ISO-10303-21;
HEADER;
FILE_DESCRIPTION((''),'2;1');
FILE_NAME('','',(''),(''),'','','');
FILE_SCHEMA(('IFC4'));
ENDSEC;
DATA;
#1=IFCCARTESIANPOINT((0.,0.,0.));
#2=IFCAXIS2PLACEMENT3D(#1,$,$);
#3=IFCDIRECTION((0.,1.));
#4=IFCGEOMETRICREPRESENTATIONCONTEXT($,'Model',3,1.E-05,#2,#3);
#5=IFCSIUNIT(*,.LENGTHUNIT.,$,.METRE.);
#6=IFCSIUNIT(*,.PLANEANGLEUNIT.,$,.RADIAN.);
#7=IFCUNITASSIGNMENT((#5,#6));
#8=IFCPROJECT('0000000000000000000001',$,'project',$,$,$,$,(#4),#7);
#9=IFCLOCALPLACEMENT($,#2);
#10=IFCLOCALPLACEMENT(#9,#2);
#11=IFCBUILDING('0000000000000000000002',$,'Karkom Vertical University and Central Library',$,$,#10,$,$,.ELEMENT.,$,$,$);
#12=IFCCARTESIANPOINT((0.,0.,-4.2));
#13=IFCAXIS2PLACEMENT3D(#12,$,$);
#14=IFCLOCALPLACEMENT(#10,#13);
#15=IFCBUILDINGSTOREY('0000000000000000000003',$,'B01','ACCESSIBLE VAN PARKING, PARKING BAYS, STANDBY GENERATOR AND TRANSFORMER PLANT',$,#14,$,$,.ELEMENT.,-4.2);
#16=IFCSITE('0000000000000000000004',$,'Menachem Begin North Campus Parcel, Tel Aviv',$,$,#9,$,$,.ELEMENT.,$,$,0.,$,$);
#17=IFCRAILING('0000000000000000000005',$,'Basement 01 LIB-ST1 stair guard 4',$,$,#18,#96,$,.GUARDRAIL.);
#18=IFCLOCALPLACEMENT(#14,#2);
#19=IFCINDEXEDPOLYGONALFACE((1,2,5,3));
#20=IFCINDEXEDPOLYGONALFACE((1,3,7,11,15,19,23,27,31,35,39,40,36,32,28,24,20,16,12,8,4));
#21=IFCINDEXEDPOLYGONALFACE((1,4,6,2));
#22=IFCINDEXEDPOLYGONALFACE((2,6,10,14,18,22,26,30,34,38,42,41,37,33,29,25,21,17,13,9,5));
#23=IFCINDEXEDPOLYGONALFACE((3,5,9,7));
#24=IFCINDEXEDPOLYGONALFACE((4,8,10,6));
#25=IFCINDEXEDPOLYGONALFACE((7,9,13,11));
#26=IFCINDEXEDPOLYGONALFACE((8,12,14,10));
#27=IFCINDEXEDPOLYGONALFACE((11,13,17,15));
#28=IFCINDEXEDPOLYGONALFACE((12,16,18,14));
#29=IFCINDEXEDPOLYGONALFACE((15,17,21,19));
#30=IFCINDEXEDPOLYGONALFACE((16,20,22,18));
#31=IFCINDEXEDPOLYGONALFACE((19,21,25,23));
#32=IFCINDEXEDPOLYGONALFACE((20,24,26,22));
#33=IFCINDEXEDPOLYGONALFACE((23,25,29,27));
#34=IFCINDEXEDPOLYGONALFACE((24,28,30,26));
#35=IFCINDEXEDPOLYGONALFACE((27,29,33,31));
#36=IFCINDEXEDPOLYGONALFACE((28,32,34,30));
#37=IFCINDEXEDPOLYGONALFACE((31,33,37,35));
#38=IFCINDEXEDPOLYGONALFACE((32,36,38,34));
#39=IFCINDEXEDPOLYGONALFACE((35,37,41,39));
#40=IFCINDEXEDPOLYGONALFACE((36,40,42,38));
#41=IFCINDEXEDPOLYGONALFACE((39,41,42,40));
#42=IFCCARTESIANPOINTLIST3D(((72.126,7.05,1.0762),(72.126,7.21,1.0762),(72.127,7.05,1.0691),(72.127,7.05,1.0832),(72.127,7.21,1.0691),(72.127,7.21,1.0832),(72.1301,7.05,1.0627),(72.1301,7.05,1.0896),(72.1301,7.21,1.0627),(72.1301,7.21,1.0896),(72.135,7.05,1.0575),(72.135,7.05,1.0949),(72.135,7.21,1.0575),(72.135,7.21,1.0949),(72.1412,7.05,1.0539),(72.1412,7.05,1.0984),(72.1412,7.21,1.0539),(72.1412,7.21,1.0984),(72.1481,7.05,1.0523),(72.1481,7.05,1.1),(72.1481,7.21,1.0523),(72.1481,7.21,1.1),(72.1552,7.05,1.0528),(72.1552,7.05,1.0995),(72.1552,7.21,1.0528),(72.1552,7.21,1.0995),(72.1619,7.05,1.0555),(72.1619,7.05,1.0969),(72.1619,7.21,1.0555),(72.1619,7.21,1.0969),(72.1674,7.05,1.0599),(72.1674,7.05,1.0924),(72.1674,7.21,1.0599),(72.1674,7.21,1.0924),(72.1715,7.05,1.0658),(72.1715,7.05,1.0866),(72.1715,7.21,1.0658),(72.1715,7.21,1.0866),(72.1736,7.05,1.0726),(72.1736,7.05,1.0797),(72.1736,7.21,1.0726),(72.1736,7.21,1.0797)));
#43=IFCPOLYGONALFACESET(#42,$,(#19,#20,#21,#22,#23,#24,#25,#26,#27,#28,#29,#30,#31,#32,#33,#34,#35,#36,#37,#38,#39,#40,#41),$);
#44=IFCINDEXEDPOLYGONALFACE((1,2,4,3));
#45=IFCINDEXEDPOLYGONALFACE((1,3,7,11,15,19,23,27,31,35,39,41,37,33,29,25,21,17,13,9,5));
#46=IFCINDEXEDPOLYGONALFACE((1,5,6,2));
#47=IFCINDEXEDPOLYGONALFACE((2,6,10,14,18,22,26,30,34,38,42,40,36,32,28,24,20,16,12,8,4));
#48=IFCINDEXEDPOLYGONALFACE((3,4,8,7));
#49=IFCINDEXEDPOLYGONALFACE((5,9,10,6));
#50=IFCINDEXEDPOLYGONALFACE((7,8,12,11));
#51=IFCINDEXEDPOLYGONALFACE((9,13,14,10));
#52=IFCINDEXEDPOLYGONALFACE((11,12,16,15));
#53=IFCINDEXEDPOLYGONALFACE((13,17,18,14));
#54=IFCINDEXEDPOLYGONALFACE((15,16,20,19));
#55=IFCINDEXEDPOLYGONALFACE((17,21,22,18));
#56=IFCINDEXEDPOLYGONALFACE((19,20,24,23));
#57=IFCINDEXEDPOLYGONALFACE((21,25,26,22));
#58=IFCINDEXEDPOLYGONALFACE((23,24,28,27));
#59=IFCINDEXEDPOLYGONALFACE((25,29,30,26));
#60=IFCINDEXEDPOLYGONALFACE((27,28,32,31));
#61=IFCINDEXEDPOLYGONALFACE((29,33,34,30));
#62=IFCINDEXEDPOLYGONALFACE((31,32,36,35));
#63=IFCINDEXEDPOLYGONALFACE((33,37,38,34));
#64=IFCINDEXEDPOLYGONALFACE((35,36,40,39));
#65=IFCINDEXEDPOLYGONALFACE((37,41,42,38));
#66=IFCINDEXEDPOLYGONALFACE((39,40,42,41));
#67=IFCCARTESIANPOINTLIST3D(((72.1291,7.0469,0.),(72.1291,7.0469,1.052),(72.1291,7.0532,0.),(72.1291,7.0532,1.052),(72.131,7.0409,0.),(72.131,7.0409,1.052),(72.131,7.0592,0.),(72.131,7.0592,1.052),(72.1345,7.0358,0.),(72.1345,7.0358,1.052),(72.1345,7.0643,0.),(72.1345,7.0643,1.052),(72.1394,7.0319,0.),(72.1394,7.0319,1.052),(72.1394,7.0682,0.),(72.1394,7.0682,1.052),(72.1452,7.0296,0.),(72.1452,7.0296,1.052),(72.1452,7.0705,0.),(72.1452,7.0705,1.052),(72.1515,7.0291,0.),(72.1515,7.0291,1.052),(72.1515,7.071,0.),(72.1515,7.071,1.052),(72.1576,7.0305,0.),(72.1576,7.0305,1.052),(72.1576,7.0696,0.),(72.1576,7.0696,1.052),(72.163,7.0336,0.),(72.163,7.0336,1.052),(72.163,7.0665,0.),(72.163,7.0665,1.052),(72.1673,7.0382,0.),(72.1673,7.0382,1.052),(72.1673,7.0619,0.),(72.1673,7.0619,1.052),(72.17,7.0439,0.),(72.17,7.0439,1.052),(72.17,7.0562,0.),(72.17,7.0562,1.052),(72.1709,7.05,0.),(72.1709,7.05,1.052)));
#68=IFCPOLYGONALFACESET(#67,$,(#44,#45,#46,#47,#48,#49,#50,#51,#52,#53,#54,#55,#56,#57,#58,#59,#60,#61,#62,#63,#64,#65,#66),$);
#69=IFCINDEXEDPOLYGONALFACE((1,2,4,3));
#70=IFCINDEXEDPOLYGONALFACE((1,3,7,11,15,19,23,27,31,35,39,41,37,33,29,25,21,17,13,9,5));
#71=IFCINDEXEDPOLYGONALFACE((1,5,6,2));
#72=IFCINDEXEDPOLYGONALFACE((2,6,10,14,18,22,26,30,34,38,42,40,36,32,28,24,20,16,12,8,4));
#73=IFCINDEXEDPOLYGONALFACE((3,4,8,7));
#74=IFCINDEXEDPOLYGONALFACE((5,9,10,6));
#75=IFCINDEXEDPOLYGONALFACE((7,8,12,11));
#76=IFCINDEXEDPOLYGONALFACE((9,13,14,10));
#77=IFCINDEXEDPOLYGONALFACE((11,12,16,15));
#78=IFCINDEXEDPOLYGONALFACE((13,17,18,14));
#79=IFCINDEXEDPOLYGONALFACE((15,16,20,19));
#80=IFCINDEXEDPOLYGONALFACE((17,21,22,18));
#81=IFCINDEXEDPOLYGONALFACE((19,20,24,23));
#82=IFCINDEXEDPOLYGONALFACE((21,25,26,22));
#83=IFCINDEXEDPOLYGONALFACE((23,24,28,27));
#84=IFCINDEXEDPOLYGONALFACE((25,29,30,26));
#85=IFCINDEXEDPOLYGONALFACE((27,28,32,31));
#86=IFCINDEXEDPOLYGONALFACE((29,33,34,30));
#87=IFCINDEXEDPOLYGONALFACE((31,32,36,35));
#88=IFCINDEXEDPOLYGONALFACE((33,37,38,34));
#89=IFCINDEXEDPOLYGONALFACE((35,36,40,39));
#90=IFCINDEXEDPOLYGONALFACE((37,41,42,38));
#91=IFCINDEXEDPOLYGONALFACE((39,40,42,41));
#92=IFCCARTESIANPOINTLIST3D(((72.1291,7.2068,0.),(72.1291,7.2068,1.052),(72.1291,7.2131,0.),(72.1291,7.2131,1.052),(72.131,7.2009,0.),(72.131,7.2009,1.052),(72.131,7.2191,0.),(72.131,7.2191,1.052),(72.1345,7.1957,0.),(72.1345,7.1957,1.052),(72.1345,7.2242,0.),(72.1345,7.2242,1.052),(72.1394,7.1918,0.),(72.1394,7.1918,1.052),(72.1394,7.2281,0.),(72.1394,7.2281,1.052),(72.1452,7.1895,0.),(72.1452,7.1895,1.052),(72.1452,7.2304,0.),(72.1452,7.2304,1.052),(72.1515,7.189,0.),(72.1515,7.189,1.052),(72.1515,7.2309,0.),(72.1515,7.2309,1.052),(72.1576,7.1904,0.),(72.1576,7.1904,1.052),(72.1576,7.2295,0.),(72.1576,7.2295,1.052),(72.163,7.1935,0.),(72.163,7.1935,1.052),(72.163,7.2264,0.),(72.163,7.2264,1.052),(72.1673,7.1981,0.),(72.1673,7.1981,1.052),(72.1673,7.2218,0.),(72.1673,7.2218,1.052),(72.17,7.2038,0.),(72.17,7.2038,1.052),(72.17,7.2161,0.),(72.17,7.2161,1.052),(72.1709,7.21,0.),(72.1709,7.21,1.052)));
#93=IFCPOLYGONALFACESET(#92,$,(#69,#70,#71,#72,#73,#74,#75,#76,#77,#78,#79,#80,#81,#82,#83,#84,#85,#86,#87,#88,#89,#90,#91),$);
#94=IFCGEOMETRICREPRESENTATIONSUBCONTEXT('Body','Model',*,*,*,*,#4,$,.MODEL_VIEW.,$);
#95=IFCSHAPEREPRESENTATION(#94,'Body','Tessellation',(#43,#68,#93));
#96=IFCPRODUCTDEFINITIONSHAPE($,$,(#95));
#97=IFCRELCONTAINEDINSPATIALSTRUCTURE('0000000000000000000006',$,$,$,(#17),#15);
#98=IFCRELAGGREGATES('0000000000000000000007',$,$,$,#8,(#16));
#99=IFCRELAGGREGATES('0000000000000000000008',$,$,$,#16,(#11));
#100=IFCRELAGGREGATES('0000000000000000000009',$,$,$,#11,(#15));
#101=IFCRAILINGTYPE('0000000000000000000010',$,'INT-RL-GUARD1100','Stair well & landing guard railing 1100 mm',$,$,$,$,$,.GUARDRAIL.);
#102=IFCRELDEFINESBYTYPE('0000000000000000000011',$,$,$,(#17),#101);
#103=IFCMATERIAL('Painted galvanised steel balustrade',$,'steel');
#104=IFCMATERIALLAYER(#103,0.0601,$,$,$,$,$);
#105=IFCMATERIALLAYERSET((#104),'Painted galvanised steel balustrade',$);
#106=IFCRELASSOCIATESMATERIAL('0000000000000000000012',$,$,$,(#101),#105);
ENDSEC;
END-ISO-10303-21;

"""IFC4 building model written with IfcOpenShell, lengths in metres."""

from ifc_helpers import new_model, si_unit, direction, frame, origin, origin_2d, place, context, subcontext, project, spatial, circle, extrude, material, layer, layer_set, type_object, element, save


model = new_model("IFC4")

# Units and contexts
model_context = context("Model", 3, precision=1e-05, world=origin(), true_north=direction((0.0, 1.0)))
body_context = subcontext(model_context, "Body", "Model", "MODEL_VIEW")
ifc_project = project(units=[si_unit("LENGTHUNIT", "METRE"), si_unit("PLANEANGLEUNIT", "RADIAN")], contexts=[model_context])

# Site, building, storey
site_placement = place(None, origin())
site = spatial("IfcSite", under=ifc_project, at=site_placement, Name="Menachem Begin North Campus Parcel, Tel Aviv", CompositionType="ELEMENT", RefElevation=0.0)
building_placement = place(site_placement, origin())
building = spatial("IfcBuilding", under=site, at=building_placement, Name="Karkom Vertical University and Central Library", CompositionType="ELEMENT")
storey_placement = place(building_placement, frame((0.0, 0.0, -4.2)))
storey = spatial("IfcBuildingStorey", under=building, at=storey_placement, Name="B01", Description="ACCESSIBLE VAN PARKING, PARKING BAYS, STANDBY GENERATOR AND TRANSFORMER PLANT", CompositionType="ELEMENT", Elevation=-4.2)

# Railing
ifc_material_1 = material(Name="Painted galvanised steel balustrade", Category="steel")
ifc_layer_1 = layer(ifc_material_1, 0.0601)
ifc_layer_set_1 = layer_set([ifc_layer_1], Name="Painted galvanised steel balustrade")
railing_type_1 = type_object("IfcRailingType", Name="INT-RL-GUARD1100", Description="Stair well & landing guard railing 1100 mm", PredefinedType="GUARDRAIL", material=ifc_layer_set_1)
railing_1_placement = place(storey_placement, frame((72.1499, 7.05, 0.0)))
element("IfcRailing", 1, at=railing_1_placement, inside=storey, type_object=railing_type_1, Name="Basement 01 LIB-ST1 stair guard 4", PredefinedType="GUARDRAIL", context=body_context, shape_type="SweptSolid", body=[
    extrude(circle(Radius=0.0239, at=origin_2d()), frame((0.0, 0.0, 1.0762), z_axis=(0.0, 1.0, 0.0), x_axis=(-1.0, 0.0, 0.0)), (0.0, 0.0, 1.0), 0.1599),
    extrude(circle(Radius=0.021, at=origin_2d()), origin(), (0.0, 0.0, 1.0), 1.052),
    extrude(circle(Radius=0.021, at=origin_2d()), frame((0.0, 0.1599, 0.0)), (0.0, 0.0, 1.0), 1.052),
])

save(model, "model.ifc")
